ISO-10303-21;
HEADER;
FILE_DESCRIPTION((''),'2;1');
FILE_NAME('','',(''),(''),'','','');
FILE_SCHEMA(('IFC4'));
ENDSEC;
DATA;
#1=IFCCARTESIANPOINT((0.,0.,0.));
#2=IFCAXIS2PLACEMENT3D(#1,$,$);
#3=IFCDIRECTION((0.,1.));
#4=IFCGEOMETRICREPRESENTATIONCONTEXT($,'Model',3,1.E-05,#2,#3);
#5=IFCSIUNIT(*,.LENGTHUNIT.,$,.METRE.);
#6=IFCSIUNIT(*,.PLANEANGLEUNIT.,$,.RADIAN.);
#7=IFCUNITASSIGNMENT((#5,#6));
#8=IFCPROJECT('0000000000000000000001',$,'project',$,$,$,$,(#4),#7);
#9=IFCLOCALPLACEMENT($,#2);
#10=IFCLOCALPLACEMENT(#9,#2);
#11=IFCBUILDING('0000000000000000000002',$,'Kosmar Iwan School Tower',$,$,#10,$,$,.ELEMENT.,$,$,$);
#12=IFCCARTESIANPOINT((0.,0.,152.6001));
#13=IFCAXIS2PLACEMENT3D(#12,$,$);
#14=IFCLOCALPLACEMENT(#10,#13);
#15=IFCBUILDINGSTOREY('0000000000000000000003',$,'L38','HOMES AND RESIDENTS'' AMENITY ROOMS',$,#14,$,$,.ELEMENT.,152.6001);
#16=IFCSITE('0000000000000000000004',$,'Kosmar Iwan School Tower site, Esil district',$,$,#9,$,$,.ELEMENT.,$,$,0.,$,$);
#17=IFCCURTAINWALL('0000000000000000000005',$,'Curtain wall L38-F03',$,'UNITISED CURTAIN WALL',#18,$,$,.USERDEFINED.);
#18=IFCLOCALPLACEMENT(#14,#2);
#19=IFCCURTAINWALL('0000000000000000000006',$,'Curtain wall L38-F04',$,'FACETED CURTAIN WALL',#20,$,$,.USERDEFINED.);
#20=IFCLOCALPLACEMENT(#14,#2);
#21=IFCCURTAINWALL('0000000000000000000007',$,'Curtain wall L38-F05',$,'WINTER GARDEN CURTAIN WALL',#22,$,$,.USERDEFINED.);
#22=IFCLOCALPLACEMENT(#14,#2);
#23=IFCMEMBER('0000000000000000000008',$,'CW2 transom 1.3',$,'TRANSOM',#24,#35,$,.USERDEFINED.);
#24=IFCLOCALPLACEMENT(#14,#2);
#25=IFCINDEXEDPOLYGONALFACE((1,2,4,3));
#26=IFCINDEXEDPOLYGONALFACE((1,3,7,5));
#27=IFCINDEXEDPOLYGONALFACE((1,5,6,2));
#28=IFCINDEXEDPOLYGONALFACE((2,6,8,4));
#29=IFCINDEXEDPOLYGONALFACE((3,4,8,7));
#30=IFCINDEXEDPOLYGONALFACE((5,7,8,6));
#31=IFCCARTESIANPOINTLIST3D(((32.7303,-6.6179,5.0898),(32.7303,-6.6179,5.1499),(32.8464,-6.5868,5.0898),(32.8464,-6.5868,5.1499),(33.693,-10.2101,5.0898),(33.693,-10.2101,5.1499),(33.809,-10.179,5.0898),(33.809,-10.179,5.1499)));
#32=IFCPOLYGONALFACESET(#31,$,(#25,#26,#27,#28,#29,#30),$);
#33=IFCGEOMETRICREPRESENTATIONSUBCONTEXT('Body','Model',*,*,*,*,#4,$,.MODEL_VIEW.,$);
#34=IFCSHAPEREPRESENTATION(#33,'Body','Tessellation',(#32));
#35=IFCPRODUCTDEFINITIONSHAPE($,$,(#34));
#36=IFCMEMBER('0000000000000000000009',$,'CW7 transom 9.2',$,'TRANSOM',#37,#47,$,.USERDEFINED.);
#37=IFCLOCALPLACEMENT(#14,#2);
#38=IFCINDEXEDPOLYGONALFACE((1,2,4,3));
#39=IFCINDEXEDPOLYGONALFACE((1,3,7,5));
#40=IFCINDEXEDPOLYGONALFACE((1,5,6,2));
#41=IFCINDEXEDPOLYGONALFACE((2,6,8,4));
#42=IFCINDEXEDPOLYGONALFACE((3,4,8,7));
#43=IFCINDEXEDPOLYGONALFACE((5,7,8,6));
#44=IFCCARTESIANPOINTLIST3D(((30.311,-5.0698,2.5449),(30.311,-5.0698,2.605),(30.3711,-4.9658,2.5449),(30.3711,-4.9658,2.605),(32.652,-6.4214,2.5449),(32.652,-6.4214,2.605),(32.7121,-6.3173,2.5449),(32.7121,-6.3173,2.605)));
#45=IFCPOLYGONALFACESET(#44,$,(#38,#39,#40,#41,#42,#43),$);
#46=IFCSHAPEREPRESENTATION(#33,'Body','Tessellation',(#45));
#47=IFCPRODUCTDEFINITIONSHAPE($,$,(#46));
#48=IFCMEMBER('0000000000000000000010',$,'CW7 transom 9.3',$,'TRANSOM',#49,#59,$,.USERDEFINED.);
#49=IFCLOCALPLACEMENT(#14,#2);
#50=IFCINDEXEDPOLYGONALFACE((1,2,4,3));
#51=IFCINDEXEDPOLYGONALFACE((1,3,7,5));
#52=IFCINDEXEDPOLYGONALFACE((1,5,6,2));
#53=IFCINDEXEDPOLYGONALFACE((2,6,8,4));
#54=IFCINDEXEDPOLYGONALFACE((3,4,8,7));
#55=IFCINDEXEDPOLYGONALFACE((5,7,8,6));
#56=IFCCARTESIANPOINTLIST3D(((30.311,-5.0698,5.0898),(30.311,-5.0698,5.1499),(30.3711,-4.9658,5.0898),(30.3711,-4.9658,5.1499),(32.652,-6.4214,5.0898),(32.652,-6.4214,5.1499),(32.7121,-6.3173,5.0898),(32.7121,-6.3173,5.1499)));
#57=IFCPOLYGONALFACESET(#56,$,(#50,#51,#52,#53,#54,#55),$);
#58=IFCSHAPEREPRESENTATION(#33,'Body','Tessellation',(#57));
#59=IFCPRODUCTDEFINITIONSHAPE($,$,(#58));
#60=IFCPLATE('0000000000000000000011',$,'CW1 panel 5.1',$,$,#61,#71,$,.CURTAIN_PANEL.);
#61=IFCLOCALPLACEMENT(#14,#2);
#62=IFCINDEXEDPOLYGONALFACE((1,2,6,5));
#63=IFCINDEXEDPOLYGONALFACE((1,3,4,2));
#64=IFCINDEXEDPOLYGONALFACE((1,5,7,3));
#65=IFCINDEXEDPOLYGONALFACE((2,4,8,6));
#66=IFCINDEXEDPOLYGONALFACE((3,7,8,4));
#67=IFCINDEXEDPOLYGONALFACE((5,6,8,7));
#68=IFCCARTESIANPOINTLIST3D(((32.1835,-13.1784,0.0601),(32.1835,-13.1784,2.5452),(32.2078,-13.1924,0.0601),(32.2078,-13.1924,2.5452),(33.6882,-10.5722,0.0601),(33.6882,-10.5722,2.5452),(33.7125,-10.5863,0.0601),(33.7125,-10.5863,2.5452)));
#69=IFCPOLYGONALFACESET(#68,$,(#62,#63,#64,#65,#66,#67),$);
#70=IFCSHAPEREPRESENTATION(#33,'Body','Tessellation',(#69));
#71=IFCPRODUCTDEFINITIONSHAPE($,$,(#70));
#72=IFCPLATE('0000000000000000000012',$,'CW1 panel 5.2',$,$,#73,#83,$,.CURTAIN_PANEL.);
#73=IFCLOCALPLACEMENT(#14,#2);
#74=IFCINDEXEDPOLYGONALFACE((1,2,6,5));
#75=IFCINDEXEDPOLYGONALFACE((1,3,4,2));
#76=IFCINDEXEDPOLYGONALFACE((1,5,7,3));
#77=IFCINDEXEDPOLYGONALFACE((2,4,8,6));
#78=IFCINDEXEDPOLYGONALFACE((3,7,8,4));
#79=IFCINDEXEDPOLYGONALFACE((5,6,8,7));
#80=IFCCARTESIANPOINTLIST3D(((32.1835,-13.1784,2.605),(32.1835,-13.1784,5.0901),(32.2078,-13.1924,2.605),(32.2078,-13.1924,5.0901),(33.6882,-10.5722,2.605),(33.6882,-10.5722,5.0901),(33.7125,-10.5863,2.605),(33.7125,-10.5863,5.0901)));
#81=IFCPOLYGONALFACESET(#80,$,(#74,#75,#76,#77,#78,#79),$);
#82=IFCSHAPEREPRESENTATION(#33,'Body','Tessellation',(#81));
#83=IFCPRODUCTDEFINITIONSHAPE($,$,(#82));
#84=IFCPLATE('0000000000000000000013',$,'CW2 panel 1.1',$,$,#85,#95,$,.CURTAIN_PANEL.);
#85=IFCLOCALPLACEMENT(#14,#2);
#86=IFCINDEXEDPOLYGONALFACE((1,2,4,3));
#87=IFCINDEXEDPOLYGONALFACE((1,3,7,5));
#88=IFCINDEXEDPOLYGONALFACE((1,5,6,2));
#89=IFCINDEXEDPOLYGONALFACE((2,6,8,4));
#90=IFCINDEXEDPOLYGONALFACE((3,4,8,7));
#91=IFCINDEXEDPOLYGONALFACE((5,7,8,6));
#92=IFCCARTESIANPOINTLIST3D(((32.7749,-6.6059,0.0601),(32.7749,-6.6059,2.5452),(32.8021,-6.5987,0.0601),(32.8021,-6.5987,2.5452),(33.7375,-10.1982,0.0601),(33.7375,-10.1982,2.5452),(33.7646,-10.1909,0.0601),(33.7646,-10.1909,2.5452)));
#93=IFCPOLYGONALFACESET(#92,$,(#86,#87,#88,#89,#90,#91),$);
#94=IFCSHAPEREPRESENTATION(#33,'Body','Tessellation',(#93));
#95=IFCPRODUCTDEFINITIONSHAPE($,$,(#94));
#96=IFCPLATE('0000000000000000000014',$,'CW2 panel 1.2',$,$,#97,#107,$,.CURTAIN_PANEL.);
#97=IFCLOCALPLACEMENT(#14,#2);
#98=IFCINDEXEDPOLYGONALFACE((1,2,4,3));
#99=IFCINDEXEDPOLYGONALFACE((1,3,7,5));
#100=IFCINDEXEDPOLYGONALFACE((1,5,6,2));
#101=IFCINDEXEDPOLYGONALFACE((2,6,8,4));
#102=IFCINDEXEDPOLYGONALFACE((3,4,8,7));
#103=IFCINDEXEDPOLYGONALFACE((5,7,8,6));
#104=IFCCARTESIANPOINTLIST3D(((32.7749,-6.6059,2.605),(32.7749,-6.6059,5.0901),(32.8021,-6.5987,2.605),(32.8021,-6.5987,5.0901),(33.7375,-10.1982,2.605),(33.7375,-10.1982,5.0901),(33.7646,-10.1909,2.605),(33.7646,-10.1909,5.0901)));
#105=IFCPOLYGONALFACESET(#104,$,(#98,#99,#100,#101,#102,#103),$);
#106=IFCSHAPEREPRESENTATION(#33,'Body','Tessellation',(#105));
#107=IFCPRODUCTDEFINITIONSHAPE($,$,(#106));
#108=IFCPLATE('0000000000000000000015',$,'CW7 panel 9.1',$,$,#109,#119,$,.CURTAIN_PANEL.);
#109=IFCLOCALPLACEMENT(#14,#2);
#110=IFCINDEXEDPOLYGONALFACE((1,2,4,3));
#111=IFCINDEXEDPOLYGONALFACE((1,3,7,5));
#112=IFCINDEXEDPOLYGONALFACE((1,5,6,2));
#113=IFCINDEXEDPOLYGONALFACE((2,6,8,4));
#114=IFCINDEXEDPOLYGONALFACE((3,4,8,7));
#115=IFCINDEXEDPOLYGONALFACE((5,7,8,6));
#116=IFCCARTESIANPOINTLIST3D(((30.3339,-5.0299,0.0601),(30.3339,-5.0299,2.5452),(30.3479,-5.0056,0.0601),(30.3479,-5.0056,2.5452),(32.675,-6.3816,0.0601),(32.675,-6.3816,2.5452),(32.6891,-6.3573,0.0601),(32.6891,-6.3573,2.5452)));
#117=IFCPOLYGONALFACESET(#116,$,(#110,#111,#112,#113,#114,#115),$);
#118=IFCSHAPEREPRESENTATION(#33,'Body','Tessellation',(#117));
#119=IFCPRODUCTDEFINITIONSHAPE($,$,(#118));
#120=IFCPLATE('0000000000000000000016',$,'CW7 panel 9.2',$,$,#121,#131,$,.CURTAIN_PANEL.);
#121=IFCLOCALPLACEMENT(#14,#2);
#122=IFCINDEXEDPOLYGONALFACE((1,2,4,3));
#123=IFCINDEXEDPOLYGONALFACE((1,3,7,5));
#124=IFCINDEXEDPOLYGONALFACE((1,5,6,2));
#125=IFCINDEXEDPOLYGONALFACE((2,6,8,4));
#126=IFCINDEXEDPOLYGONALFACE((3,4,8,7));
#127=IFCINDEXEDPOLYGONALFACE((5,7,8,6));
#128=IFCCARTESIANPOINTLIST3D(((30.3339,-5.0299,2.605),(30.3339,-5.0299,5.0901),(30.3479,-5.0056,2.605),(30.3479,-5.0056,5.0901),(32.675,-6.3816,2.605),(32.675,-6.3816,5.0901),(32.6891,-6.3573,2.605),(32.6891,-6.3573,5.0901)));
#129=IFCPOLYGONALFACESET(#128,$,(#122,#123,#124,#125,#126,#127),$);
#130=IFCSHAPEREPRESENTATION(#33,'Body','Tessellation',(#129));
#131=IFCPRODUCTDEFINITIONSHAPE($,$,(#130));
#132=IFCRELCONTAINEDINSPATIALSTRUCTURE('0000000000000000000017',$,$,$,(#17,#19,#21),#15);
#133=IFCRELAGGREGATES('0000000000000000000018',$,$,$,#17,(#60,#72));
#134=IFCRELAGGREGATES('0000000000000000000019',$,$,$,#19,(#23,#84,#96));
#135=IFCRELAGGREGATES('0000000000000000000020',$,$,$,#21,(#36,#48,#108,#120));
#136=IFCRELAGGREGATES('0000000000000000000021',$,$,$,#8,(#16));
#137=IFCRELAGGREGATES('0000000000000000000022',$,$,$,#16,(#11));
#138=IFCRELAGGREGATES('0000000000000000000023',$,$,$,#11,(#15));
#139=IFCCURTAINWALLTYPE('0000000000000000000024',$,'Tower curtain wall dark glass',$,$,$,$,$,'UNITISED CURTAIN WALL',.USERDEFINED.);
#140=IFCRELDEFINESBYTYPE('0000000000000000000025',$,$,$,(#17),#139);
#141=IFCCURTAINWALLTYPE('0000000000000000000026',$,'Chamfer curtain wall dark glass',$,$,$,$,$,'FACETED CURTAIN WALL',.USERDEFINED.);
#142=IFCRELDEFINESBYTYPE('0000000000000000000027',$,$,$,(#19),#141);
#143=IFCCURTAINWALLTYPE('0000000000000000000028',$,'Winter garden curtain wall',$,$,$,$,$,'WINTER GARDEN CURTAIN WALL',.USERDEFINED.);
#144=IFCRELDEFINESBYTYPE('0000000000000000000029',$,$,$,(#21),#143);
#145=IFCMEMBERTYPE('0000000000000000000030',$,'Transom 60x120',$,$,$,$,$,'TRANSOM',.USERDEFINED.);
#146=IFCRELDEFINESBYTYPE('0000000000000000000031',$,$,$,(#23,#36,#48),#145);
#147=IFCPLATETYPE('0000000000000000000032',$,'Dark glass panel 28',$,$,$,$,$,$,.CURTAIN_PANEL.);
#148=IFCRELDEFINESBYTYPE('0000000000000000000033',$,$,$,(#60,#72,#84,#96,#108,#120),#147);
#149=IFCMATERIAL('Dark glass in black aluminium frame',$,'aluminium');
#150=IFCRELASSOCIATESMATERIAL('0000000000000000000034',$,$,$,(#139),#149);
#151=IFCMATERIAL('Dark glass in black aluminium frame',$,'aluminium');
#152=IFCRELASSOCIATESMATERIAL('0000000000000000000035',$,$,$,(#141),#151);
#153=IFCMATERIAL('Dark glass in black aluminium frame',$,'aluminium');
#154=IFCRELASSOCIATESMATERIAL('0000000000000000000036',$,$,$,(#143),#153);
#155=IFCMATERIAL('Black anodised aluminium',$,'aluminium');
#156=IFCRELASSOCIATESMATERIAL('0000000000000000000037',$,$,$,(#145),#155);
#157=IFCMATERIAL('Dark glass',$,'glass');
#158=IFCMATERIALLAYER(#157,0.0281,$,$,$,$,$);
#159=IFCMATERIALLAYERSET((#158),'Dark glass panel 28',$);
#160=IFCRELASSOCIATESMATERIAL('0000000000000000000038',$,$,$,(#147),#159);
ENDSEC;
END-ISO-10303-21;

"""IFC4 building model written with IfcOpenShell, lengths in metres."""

from ifc_helpers import new_model, si_unit, direction, frame, origin, origin_2d, place, context, subcontext, project, spatial, rectangle, extrude, material, layer, layer_set, material_profile, profile_set, type_object, element, aggregate, save


model = new_model("IFC4")

# Units and contexts
model_context = context("Model", 3, precision=1e-05, world=origin(), true_north=direction((0.0, 1.0)))
body_context = subcontext(model_context, "Body", "Model", "MODEL_VIEW")
ifc_project = project(units=[si_unit("LENGTHUNIT", "METRE"), si_unit("PLANEANGLEUNIT", "RADIAN")], contexts=[model_context])

# Site, building, storey
site_placement = place(None, origin())
site = spatial("IfcSite", under=ifc_project, at=site_placement, Name="Kosmar Iwan School Tower site, Esil district", CompositionType="ELEMENT", RefElevation=0.0)
building_placement = place(site_placement, origin())
building = spatial("IfcBuilding", under=site, at=building_placement, Name="Kosmar Iwan School Tower", CompositionType="ELEMENT")
storey_placement = place(building_placement, frame((0.0, 0.0, 152.6001)))
storey = spatial("IfcBuildingStorey", under=building, at=storey_placement, Name="L38", Description="HOMES AND RESIDENTS' AMENITY ROOMS", CompositionType="ELEMENT", Elevation=152.6001)

# Curtain wall
ifc_material_1 = material(Name="Dark glass in black aluminium frame", Category="aluminium")
curtain_wall_type_1 = type_object("IfcCurtainWallType", Name="Tower curtain wall dark glass", ElementType="UNITISED CURTAIN WALL", PredefinedType="USERDEFINED", material=ifc_material_1)
curtain_wall_1_placement = place(storey_placement, origin())
curtain_wall_1 = element("IfcCurtainWall", 1, at=curtain_wall_1_placement, inside=storey, type_object=curtain_wall_type_1, Name="Curtain wall L38-F03", ObjectType="UNITISED CURTAIN WALL", PredefinedType="USERDEFINED")

# Curtain wall
ifc_material_2 = material(Name="Dark glass in black aluminium frame", Category="aluminium")
curtain_wall_type_2 = type_object("IfcCurtainWallType", Name="Chamfer curtain wall dark glass", ElementType="FACETED CURTAIN WALL", PredefinedType="USERDEFINED", material=ifc_material_2)
curtain_wall_2_placement = place(storey_placement, origin())
curtain_wall_2 = element("IfcCurtainWall", 2, at=curtain_wall_2_placement, inside=storey, type_object=curtain_wall_type_2, Name="Curtain wall L38-F04", ObjectType="FACETED CURTAIN WALL", PredefinedType="USERDEFINED")

# Curtain wall
ifc_material_3 = material(Name="Dark glass in black aluminium frame", Category="aluminium")
curtain_wall_type_3 = type_object("IfcCurtainWallType", Name="Winter garden curtain wall", ElementType="WINTER GARDEN CURTAIN WALL", PredefinedType="USERDEFINED", material=ifc_material_3)
curtain_wall_3_placement = place(storey_placement, origin())
curtain_wall_3 = element("IfcCurtainWall", 3, at=curtain_wall_3_placement, inside=storey, type_object=curtain_wall_type_3, Name="Curtain wall L38-F05", ObjectType="WINTER GARDEN CURTAIN WALL", PredefinedType="USERDEFINED")

# Members
ifc_material_4 = material(Name="Black anodised aluminium", Category="aluminium")
ifc_material_profile_1 = material_profile(ifc_material_4, rectangle(XDim=0.1201, YDim=0.0601, at=origin_2d()), Name="TRANSOM 60x120")
ifc_profile_set_1 = profile_set([ifc_material_profile_1], Name="Black anodised aluminium")
member_type_1 = type_object("IfcMemberType", Name="Transom 60x120", ElementType="TRANSOM", PredefinedType="USERDEFINED", material=ifc_profile_set_1)
member_1_placement = place(storey_placement, frame((33.751, -10.1946, 5.1199), z_axis=(-0.258843, 0.965919, 0.0), x_axis=(-0.965919, -0.258843, 0.0)))
member_1 = element("IfcMember", 4, at=member_1_placement, type_object=member_type_1, Name="CW2 transom 1.3", ObjectType="TRANSOM", PredefinedType="USERDEFINED", context=body_context, shape_type="SweptSolid", body=[
    extrude(rectangle(XDim=0.1201, YDim=0.0601, at=origin_2d()), origin(), (0.0, 0.0, 1.0), 3.719),
])
member_2_placement = place(storey_placement, frame((30.3411, -5.0178, 2.575), z_axis=(0.866034, -0.499986, 0.0), x_axis=(0.499986, 0.866034, 0.0)))
member_2 = element("IfcMember", 5, at=member_2_placement, type_object=member_type_1, Name="CW7 transom 9.2", ObjectType="TRANSOM", PredefinedType="USERDEFINED", context=body_context, shape_type="SweptSolid", body=[
    extrude(rectangle(XDim=0.1201, YDim=0.0601, at=origin_2d()), origin(), (0.0, 0.0, 1.0), 2.7031),
])
member_3_placement = place(storey_placement, frame((30.3411, -5.0178, 5.1199), z_axis=(0.866034, -0.499986, 0.0), x_axis=(0.499986, 0.866034, 0.0)))
member_3 = element("IfcMember", 6, at=member_3_placement, type_object=member_type_1, Name="CW7 transom 9.3", ObjectType="TRANSOM", PredefinedType="USERDEFINED", context=body_context, shape_type="SweptSolid", body=[
    extrude(rectangle(XDim=0.1201, YDim=0.0601, at=origin_2d()), origin(), (0.0, 0.0, 1.0), 2.7031),
])

# Plates
ifc_material_5 = material(Name="Dark glass", Category="glass")
ifc_layer = layer(ifc_material_5, 0.0281)
ifc_layer_set = layer_set([ifc_layer], Name="Dark glass panel 28")
plate_type = type_object("IfcPlateType", Name="Dark glass panel 28", PredefinedType="CURTAIN_PANEL", material=ifc_layer_set)
plate_1_placement = place(storey_placement, frame((32.948, -11.8823, 0.0601), z_axis=(0.0, 0.0, 1.0), x_axis=(0.5, 0.866025, 0.0)))
plate_1 = element("IfcPlate", 7, at=plate_1_placement, type_object=plate_type, Name="CW1 panel 5.1", PredefinedType="CURTAIN_PANEL", context=body_context, shape_type="SweptSolid", body=[
    extrude(rectangle(XDim=3.0093, YDim=0.0281, at=origin_2d()), origin(), (0.0, 0.0, 1.0), 2.4851),
])
plate_2_placement = place(storey_placement, frame((32.948, -11.8823, 2.605), z_axis=(0.0, 0.0, 1.0), x_axis=(0.5, 0.866025, 0.0)))
plate_2 = element("IfcPlate", 8, at=plate_2_placement, type_object=plate_type, Name="CW1 panel 5.2", PredefinedType="CURTAIN_PANEL", context=body_context, shape_type="SweptSolid", body=[
    extrude(rectangle(XDim=3.0093, YDim=0.0281, at=origin_2d()), origin(), (0.0, 0.0, 1.0), 2.4851),
])
aggregate(curtain_wall_1, [plate_1, plate_2])
plate_3_placement = place(storey_placement, frame((33.2698, -8.3984, 0.0601), z_axis=(0.0, 0.0, 1.0), x_axis=(-0.258819, 0.965926, 0.0)))
plate_3 = element("IfcPlate", 9, at=plate_3_placement, type_object=plate_type, Name="CW2 panel 1.1", PredefinedType="CURTAIN_PANEL", context=body_context, shape_type="SweptSolid", body=[
    extrude(rectangle(XDim=3.719, YDim=0.0281, at=origin_2d()), origin(), (0.0, 0.0, 1.0), 2.4851),
])
plate_4_placement = place(storey_placement, frame((33.2698, -8.3984, 2.605), z_axis=(0.0, 0.0, 1.0), x_axis=(-0.258819, 0.965926, 0.0)))
plate_4 = element("IfcPlate", 10, at=plate_4_placement, type_object=plate_type, Name="CW2 panel 1.2", PredefinedType="CURTAIN_PANEL", context=body_context, shape_type="SweptSolid", body=[
    extrude(rectangle(XDim=3.719, YDim=0.0281, at=origin_2d()), origin(), (0.0, 0.0, 1.0), 2.4851),
])
aggregate(curtain_wall_2, [member_1, plate_3, plate_4])
plate_5_placement = place(storey_placement, frame((31.5115, -5.6936, 0.0601), z_axis=(0.0, 0.0, 1.0), x_axis=(0.866025, -0.5, 0.0)))
plate_5 = element("IfcPlate", 11, at=plate_5_placement, type_object=plate_type, Name="CW7 panel 9.1", PredefinedType="CURTAIN_PANEL", context=body_context, shape_type="SweptSolid", body=[
    extrude(rectangle(XDim=2.7034, YDim=0.0281, at=origin_2d()), origin(), (0.0, 0.0, 1.0), 2.4851),
])
plate_6_placement = place(storey_placement, frame((31.5115, -5.6936, 2.605), z_axis=(0.0, 0.0, 1.0), x_axis=(0.866025, -0.5, 0.0)))
plate_6 = element("IfcPlate", 12, at=plate_6_placement, type_object=plate_type, Name="CW7 panel 9.2", PredefinedType="CURTAIN_PANEL", context=body_context, shape_type="SweptSolid", body=[
    extrude(rectangle(XDim=2.7034, YDim=0.0281, at=origin_2d()), origin(), (0.0, 0.0, 1.0), 2.4851),
])
aggregate(curtain_wall_3, [member_2, member_3, plate_5, plate_6])

save(model, "model.ifc")
